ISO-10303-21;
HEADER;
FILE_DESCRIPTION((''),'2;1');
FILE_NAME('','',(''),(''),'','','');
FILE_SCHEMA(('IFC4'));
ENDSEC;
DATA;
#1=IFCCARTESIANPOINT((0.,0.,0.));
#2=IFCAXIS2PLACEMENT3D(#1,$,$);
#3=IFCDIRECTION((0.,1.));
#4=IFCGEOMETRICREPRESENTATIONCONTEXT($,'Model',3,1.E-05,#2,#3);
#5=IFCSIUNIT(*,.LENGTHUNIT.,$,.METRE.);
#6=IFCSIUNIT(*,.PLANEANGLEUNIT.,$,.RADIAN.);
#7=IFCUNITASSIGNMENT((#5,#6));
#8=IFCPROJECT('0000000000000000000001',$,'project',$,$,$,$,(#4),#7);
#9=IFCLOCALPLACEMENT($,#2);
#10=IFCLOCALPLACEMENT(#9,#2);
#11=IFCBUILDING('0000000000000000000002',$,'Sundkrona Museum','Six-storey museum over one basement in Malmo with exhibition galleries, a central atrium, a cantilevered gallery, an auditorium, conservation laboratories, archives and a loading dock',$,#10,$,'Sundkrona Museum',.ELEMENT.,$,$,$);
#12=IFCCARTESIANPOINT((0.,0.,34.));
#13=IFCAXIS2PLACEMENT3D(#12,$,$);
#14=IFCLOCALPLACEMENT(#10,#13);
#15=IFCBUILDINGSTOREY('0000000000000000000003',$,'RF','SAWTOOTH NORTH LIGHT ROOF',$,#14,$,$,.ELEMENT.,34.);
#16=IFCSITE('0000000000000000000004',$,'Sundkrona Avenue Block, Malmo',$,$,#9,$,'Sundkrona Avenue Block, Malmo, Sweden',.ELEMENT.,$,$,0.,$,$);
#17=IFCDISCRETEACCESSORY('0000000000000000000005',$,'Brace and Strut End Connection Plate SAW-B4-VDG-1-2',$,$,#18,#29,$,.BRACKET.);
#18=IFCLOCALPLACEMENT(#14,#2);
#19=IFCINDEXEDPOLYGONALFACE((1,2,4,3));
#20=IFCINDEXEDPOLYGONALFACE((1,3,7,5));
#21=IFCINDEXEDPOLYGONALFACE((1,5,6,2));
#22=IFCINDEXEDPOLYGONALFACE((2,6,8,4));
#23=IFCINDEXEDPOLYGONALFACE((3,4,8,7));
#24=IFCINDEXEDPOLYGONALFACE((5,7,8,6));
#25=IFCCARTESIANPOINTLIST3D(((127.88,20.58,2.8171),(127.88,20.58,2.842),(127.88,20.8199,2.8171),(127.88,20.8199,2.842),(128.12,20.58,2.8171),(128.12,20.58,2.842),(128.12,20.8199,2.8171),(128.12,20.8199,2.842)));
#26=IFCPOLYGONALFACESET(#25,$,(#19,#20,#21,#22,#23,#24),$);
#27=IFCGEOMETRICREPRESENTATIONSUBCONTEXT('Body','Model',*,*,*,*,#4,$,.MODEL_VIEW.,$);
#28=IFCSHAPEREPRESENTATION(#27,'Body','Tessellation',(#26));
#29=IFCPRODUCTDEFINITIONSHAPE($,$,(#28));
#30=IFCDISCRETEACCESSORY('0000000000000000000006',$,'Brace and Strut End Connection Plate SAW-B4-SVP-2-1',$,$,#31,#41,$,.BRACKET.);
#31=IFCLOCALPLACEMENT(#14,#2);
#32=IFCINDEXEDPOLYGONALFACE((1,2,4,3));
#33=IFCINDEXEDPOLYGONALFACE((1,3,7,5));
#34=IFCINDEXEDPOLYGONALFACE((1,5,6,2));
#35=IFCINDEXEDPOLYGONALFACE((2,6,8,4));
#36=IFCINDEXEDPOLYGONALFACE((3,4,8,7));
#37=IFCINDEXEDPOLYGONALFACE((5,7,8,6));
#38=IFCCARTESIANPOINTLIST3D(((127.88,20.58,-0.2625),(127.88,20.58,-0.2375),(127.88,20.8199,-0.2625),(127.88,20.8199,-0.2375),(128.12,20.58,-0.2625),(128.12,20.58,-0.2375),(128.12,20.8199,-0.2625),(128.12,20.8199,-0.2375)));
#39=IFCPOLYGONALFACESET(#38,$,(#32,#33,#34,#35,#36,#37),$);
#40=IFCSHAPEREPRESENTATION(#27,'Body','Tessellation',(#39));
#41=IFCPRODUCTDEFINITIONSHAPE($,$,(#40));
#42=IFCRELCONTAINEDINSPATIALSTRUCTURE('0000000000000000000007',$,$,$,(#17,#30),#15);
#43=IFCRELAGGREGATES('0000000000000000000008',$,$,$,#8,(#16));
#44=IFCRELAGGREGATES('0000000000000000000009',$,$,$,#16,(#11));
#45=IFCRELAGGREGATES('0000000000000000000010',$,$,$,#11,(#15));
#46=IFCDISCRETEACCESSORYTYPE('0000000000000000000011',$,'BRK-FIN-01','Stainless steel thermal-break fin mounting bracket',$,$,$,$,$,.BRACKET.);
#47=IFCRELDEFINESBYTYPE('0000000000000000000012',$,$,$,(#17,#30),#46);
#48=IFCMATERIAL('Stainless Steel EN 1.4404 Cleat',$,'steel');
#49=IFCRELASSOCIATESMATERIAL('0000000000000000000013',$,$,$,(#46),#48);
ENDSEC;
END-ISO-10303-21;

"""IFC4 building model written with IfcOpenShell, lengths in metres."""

from ifc_helpers import new_model, si_unit, direction, frame, origin, origin_2d, place, context, subcontext, project, spatial, rectangle, extrude, material, type_object, element, save


model = new_model("IFC4")

# Units and contexts
model_context = context("Model", 3, precision=1e-05, world=origin(), true_north=direction((0.0, 1.0)))
body_context = subcontext(model_context, "Body", "Model", "MODEL_VIEW")
ifc_project = project(units=[si_unit("LENGTHUNIT", "METRE"), si_unit("PLANEANGLEUNIT", "RADIAN")], contexts=[model_context])

# Site, building, storey
site_placement = place(None, origin())
site = spatial("IfcSite", under=ifc_project, at=site_placement, Name="Sundkrona Avenue Block, Malmo", LongName="Sundkrona Avenue Block, Malmo, Sweden", CompositionType="ELEMENT", RefElevation=0.0)
building_placement = place(site_placement, origin())
building = spatial("IfcBuilding", under=site, at=building_placement, Name="Sundkrona Museum", Description="Six-storey museum over one basement in Malmo with exhibition galleries, a central atrium, a cantilevered gallery, an auditorium, conservation laboratories, archives and a loading dock", LongName="Sundkrona Museum", CompositionType="ELEMENT")
storey_placement = place(building_placement, frame((0.0, 0.0, 34.0)))
storey = spatial("IfcBuildingStorey", under=building, at=storey_placement, Name="RF", Description="SAWTOOTH NORTH LIGHT ROOF", CompositionType="ELEMENT", Elevation=34.0)

# Discrete accessories
ifc_material_1 = material(Name="Stainless Steel EN 1.4404 Cleat", Category="steel")
discrete_accessory_type = type_object("IfcDiscreteAccessoryType", Name="BRK-FIN-01", Description="Stainless steel thermal-break fin mounting bracket", PredefinedType="BRACKET", material=ifc_material_1)
for number, where, z_axis, x_axis, name in (
    (1, (128.0, 20.7, 2.8171), (0.0, 0.0, 1.0), (1.0, 0.0, 0.0), "Brace and Strut End Connection Plate SAW-B4-VDG-1-2"),
    (2, (128.0, 20.7, -0.2625), (0.0, 0.0, 1.0), (1.0, 0.0, 0.0), "Brace and Strut End Connection Plate SAW-B4-SVP-2-1"),
):
    element("IfcDiscreteAccessory", number, at=place(storey_placement, frame(where, z_axis=z_axis, x_axis=x_axis)), inside=storey, type_object=discrete_accessory_type, Name=name, PredefinedType="BRACKET", context=body_context, shape_type="SweptSolid", body=[
        extrude(rectangle(XDim=0.24, YDim=0.24, at=origin_2d()), origin(), (0.0, 0.0, 1.0), 0.0249),
    ])

save(model, "model.ifc")
